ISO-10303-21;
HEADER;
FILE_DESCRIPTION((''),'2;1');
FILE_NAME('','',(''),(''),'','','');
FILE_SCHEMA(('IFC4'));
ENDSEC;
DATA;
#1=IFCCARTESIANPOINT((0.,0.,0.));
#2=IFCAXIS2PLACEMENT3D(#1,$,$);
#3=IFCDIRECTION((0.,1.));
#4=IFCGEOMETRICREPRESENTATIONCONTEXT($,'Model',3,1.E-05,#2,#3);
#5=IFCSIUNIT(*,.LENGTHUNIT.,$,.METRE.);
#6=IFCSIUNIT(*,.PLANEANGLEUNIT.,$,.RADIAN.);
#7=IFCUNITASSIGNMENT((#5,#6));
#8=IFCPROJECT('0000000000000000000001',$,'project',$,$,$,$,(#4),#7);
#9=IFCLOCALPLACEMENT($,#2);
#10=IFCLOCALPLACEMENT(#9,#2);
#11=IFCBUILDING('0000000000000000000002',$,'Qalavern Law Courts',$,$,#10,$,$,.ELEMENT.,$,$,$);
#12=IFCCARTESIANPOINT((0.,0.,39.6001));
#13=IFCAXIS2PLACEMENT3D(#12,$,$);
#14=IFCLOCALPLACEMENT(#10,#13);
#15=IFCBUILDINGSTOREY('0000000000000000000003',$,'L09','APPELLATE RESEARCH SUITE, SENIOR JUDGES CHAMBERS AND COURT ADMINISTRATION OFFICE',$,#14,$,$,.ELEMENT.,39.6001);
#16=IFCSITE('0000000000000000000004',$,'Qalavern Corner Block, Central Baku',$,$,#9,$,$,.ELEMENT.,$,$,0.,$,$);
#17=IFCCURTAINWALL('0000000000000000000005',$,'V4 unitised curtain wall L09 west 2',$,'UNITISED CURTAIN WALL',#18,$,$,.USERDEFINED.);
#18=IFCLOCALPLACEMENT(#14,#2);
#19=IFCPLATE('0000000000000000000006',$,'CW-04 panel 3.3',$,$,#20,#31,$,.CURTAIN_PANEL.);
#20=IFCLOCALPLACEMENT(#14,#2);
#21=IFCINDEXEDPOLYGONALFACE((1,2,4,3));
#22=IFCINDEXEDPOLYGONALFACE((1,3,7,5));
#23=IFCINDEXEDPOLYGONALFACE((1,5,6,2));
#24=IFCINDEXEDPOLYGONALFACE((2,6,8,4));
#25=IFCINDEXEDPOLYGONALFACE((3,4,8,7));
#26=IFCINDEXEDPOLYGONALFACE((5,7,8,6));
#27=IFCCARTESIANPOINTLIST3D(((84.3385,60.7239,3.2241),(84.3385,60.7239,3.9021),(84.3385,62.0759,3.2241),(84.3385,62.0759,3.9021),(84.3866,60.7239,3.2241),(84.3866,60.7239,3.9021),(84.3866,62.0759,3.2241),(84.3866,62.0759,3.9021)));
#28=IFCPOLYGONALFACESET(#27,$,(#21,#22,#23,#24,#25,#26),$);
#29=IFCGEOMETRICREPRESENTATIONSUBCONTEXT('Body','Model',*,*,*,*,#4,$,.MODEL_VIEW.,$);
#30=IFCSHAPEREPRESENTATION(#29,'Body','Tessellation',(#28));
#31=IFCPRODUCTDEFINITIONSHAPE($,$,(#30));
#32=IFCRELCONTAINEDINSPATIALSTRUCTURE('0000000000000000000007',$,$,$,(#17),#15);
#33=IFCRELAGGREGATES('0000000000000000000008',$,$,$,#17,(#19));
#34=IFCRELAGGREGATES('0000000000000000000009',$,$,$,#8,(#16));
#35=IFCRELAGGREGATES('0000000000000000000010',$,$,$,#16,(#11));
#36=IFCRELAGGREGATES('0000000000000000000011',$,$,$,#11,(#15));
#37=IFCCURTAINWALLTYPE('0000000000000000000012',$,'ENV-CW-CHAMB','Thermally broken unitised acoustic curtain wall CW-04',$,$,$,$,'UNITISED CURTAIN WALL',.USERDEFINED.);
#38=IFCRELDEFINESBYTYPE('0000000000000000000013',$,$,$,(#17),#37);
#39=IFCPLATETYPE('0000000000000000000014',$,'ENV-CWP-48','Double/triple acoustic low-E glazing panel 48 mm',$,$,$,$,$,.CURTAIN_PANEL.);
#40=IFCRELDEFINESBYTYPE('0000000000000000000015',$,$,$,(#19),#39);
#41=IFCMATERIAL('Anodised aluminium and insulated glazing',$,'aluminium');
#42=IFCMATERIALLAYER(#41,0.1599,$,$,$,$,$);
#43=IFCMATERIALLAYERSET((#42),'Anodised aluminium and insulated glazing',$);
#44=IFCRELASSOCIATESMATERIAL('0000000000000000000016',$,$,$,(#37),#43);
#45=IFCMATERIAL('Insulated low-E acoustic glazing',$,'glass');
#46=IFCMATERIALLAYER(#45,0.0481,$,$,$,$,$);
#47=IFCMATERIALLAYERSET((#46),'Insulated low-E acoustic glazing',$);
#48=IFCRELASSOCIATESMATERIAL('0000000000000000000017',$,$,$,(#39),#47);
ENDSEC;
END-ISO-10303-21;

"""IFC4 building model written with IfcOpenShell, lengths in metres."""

from ifc_helpers import new_model, si_unit, direction, frame, origin, origin_2d, place, context, subcontext, project, spatial, rectangle, extrude, material, layer, layer_set, type_object, element, aggregate, save


model = new_model("IFC4")

# Units and contexts
model_context = context("Model", 3, precision=1e-05, world=origin(), true_north=direction((0.0, 1.0)))
body_context = subcontext(model_context, "Body", "Model", "MODEL_VIEW")
ifc_project = project(units=[si_unit("LENGTHUNIT", "METRE"), si_unit("PLANEANGLEUNIT", "RADIAN")], contexts=[model_context])

# Site, building, storey
site_placement = place(None, origin())
site = spatial("IfcSite", under=ifc_project, at=site_placement, Name="Qalavern Corner Block, Central Baku", CompositionType="ELEMENT", RefElevation=0.0)
building_placement = place(site_placement, origin())
building = spatial("IfcBuilding", under=site, at=building_placement, Name="Qalavern Law Courts", CompositionType="ELEMENT")
storey_placement = place(building_placement, frame((0.0, 0.0, 39.6001)))
storey = spatial("IfcBuildingStorey", under=building, at=storey_placement, Name="L09", Description="APPELLATE RESEARCH SUITE, SENIOR JUDGES CHAMBERS AND COURT ADMINISTRATION OFFICE", CompositionType="ELEMENT", Elevation=39.6001)

# Curtain wall
ifc_material_1 = material(Name="Anodised aluminium and insulated glazing", Category="aluminium")
ifc_layer_1 = layer(ifc_material_1, 0.1599)
ifc_layer_set_1 = layer_set([ifc_layer_1], Name="Anodised aluminium and insulated glazing")
curtain_wall_type = type_object("IfcCurtainWallType", Name="ENV-CW-CHAMB", Description="Thermally broken unitised acoustic curtain wall CW-04", ElementType="UNITISED CURTAIN WALL", PredefinedType="USERDEFINED", material=ifc_layer_set_1)
curtain_wall_1_placement = place(storey_placement, origin())
curtain_wall_1 = element("IfcCurtainWall", 1, at=curtain_wall_1_placement, inside=storey, type_object=curtain_wall_type, Name="V4 unitised curtain wall L09 west 2", ObjectType="UNITISED CURTAIN WALL", PredefinedType="USERDEFINED")

# Plate
ifc_material_2 = material(Name="Insulated low-E acoustic glazing", Category="glass")
ifc_layer_2 = layer(ifc_material_2, 0.0481)
ifc_layer_set_2 = layer_set([ifc_layer_2], Name="Insulated low-E acoustic glazing")
plate_type_1 = type_object("IfcPlateType", Name="ENV-CWP-48", Description="Double/triple acoustic low-E glazing panel 48 mm", PredefinedType="CURTAIN_PANEL", material=ifc_layer_set_2)
plate_1_placement = place(storey_placement, frame((84.3625, 61.3999, 3.2241), z_axis=(0.0, 0.0, 1.0), x_axis=(0.0, -1.0, 0.0)))
plate_1 = element("IfcPlate", 2, at=plate_1_placement, type_object=plate_type_1, Name="CW-04 panel 3.3", PredefinedType="CURTAIN_PANEL", context=body_context, shape_type="SweptSolid", body=[
    extrude(rectangle(XDim=1.3521, YDim=0.0481, at=origin_2d()), origin(), (0.0, 0.0, 1.0), 0.678),
])
aggregate(curtain_wall_1, [plate_1])

save(model, "model.ifc")
